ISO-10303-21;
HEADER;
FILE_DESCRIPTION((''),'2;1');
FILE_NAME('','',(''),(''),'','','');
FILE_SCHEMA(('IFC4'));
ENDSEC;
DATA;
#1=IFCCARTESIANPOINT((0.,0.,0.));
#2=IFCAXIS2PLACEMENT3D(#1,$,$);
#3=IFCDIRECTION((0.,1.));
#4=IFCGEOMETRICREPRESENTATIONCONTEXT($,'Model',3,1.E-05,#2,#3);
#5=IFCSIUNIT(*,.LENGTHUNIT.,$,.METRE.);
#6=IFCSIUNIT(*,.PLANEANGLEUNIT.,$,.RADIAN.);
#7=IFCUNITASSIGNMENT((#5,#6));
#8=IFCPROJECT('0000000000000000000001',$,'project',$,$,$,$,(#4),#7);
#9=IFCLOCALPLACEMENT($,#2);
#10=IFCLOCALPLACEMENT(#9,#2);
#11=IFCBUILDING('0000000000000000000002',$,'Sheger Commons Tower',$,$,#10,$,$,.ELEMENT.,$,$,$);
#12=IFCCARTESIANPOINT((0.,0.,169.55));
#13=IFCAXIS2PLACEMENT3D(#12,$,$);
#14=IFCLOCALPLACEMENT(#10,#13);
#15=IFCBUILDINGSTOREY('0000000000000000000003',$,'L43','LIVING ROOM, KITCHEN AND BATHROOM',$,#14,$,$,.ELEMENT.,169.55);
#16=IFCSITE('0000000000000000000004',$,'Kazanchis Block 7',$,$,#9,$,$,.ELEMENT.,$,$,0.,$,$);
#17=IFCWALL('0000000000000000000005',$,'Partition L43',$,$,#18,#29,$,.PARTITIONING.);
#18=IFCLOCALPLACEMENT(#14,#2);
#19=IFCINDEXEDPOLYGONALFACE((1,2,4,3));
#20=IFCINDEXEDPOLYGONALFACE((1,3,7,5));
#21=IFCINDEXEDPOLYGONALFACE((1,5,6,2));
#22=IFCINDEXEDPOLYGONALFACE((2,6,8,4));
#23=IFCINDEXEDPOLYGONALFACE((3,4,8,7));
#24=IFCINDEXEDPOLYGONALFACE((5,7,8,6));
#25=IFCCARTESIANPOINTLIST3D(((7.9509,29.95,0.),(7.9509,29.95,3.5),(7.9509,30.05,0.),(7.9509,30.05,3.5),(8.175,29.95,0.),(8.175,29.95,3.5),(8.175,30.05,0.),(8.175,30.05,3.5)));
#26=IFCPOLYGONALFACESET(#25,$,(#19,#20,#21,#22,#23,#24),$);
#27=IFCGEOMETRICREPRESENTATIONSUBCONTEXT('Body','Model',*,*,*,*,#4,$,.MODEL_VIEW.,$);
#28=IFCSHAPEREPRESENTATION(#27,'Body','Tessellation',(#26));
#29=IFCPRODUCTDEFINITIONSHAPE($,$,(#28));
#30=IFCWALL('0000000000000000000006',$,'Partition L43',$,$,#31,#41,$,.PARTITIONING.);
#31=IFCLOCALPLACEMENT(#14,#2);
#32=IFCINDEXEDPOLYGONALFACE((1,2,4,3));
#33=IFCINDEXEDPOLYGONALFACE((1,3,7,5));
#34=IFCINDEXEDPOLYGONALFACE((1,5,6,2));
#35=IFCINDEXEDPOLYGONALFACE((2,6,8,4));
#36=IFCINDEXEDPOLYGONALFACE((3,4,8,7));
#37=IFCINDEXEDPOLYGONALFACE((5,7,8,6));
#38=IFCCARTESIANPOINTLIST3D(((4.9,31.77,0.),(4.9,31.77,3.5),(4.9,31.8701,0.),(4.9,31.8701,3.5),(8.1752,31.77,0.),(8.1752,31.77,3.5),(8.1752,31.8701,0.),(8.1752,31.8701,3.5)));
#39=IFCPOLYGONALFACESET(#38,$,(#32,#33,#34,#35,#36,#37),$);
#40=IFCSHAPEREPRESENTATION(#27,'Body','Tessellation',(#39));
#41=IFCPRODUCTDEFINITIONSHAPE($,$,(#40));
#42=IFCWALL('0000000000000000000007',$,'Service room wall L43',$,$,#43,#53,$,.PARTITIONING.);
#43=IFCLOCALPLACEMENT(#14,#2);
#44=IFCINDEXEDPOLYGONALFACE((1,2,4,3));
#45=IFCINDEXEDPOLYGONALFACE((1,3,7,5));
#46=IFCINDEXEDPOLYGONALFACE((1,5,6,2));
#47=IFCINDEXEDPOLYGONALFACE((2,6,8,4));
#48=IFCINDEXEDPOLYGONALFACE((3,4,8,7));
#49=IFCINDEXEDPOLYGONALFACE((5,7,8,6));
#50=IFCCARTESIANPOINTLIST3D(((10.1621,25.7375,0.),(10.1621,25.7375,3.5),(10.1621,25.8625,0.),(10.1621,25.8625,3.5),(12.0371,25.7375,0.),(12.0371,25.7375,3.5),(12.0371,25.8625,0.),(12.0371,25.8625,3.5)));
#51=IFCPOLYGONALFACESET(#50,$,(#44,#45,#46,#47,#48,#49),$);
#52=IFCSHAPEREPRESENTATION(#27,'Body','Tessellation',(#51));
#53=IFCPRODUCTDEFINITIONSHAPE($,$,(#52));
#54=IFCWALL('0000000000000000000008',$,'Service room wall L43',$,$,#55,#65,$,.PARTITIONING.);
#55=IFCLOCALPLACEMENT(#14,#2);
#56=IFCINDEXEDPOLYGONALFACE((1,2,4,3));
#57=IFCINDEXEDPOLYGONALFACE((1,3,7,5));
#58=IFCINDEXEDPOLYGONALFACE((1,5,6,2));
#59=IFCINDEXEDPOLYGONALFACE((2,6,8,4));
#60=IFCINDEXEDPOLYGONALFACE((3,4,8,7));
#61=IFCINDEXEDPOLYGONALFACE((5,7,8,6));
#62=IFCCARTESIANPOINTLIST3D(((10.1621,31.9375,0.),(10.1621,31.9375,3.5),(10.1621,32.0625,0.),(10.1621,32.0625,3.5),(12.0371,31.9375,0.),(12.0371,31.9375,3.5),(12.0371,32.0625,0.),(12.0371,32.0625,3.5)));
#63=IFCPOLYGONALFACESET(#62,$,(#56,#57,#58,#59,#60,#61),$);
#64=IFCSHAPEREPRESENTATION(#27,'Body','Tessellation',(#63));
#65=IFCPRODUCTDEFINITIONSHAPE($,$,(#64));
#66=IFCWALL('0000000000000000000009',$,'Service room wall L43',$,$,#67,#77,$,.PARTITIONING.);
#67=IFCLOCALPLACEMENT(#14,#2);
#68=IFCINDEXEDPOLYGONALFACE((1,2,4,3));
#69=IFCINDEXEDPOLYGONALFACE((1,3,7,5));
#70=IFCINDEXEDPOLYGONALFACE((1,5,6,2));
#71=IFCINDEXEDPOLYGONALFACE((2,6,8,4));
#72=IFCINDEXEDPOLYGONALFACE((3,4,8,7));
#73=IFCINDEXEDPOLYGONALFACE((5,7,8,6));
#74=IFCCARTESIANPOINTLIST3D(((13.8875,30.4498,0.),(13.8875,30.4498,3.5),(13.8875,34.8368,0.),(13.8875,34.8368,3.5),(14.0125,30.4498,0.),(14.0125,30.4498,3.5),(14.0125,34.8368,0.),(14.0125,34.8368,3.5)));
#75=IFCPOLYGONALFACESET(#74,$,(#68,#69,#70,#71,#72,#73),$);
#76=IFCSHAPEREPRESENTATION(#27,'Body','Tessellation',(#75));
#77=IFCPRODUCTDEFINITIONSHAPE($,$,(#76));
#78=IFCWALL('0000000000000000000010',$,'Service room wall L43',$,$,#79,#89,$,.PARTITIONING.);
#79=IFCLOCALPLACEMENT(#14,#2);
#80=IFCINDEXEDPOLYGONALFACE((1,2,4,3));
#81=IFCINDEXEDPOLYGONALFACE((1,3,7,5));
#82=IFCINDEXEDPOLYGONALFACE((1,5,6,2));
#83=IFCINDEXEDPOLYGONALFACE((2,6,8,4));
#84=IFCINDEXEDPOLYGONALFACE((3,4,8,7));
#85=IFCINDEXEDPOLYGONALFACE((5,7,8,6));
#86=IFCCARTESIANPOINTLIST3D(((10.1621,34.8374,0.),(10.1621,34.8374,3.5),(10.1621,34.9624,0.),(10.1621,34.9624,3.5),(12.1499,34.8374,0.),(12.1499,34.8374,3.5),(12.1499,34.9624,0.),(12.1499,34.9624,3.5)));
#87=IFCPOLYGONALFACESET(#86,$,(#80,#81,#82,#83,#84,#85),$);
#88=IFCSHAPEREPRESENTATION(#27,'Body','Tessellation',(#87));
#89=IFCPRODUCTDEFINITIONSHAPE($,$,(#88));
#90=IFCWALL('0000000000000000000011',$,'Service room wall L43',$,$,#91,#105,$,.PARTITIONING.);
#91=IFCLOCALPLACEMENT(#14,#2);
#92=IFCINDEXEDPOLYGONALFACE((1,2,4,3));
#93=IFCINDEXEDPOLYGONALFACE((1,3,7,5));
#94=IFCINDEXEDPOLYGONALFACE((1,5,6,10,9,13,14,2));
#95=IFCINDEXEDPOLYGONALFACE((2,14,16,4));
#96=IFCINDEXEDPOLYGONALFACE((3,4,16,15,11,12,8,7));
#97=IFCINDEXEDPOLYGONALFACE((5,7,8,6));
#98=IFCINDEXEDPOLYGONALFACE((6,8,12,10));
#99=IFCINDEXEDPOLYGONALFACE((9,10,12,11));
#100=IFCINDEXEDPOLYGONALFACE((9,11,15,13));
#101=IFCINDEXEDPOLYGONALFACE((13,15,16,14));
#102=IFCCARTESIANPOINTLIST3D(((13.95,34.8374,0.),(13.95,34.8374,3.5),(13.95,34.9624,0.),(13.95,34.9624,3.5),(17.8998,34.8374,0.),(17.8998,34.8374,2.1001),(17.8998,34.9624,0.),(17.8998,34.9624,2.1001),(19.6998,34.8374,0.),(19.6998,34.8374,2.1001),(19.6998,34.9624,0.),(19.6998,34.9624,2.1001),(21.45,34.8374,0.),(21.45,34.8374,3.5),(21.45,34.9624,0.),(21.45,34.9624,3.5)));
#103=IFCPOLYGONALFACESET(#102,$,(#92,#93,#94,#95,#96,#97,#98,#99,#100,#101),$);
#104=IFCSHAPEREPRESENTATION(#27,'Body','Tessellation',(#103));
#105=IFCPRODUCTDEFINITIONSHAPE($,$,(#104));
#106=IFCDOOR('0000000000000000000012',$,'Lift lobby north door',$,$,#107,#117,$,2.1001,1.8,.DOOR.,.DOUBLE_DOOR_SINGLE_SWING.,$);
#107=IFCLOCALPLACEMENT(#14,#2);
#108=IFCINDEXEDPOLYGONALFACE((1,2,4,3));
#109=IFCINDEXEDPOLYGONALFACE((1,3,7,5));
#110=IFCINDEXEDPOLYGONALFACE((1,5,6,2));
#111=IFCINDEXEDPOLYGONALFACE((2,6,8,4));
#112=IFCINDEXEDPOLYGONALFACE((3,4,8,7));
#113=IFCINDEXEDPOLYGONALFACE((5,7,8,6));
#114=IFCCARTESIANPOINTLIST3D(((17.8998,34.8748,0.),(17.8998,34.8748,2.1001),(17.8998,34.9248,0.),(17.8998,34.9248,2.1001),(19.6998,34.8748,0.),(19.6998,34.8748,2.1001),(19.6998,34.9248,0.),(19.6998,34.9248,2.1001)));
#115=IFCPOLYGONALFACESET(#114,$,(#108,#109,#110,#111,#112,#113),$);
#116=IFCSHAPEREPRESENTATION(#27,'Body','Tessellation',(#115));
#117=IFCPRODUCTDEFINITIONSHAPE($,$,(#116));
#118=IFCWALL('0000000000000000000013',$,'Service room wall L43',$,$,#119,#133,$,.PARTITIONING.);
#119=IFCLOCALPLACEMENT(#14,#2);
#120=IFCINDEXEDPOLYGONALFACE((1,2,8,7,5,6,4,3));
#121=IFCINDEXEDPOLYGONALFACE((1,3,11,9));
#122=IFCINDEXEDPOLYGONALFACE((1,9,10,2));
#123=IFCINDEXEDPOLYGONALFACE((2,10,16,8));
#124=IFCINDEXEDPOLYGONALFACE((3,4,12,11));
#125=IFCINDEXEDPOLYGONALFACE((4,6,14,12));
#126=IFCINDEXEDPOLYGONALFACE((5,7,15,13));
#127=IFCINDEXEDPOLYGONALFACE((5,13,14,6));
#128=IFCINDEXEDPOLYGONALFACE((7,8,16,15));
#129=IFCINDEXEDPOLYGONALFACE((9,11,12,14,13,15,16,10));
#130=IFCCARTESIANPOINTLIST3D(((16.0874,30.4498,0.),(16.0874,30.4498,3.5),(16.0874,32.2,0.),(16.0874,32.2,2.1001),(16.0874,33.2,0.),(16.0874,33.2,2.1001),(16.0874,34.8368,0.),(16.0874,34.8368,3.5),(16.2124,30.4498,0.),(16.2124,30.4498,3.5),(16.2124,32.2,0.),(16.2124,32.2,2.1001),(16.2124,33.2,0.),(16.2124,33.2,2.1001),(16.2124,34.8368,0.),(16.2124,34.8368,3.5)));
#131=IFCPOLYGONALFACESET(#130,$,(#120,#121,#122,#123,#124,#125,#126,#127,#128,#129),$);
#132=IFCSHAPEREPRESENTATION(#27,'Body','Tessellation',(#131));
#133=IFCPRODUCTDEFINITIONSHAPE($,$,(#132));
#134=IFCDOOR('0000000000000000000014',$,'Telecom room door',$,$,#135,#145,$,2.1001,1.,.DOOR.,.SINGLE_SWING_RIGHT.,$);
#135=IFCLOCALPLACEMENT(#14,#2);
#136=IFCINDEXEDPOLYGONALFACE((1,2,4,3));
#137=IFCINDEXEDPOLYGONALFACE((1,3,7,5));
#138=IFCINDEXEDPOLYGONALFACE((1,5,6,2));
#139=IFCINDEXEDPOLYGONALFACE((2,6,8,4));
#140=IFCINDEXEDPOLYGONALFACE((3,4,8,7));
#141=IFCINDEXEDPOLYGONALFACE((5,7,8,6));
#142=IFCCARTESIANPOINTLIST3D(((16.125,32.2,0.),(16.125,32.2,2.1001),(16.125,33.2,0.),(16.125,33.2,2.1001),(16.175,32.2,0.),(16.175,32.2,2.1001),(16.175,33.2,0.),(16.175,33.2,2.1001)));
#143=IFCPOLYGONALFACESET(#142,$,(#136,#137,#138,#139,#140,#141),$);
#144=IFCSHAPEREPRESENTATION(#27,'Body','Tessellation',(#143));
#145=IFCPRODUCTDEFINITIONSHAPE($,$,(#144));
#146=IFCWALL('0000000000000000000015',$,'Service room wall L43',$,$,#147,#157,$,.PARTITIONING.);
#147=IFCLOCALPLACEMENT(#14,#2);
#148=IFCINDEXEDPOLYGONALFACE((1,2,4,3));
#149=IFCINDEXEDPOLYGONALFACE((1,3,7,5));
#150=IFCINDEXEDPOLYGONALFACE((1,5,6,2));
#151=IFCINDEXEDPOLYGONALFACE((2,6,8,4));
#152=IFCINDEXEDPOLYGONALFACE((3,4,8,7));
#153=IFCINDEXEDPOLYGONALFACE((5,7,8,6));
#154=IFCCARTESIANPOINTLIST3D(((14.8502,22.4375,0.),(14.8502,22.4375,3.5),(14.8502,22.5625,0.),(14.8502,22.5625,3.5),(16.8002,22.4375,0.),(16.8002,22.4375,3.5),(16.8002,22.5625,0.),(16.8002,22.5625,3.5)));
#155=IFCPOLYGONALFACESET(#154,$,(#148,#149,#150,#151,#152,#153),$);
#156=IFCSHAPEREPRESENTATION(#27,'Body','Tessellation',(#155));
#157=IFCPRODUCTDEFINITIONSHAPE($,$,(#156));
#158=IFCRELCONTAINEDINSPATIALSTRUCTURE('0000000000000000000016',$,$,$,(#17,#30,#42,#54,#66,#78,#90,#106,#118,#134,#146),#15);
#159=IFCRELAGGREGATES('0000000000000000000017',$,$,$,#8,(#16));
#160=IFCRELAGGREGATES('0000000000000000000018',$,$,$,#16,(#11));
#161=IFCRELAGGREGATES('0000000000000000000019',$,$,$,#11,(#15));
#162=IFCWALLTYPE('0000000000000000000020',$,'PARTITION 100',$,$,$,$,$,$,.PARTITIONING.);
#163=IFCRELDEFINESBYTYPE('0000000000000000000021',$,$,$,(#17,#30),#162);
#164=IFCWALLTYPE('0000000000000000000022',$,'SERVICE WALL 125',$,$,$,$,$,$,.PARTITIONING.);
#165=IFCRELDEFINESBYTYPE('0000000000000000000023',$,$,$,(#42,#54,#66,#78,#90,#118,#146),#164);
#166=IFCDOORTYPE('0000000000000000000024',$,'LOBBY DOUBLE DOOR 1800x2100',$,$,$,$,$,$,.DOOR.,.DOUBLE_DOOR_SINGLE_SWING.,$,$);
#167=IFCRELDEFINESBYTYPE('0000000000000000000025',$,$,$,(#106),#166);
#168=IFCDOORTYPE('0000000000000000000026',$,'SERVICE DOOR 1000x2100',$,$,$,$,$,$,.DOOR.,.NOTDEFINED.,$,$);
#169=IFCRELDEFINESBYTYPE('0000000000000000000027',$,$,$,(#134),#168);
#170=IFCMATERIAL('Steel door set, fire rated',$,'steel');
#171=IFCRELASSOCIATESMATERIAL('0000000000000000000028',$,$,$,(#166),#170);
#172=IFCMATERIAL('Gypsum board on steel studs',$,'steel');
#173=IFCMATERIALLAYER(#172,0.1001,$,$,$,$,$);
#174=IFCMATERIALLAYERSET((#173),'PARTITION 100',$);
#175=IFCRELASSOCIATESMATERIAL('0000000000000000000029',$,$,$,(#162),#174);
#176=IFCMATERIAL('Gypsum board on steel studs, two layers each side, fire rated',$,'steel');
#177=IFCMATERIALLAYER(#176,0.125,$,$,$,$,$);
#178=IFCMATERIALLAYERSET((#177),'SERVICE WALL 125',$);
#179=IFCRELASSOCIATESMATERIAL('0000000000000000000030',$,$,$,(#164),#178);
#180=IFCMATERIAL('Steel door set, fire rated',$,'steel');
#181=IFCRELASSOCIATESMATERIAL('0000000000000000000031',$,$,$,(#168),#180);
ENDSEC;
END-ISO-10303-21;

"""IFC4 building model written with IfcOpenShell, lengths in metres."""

from ifc_helpers import new_model, si_unit, direction, frame, frame_2d, origin, place, context, subcontext, project, spatial, rectangle, extrude, material, layer, layer_set, type_object, element, fill, save


model = new_model("IFC4")

# Units and contexts
model_context = context("Model", 3, precision=1e-05, world=origin(), true_north=direction((0.0, 1.0)))
body_context = subcontext(model_context, "Body", "Model", "MODEL_VIEW")
ifc_project = project(units=[si_unit("LENGTHUNIT", "METRE"), si_unit("PLANEANGLEUNIT", "RADIAN")], contexts=[model_context])

# Site, building, storey
site_placement = place(None, origin())
site = spatial("IfcSite", under=ifc_project, at=site_placement, Name="Kazanchis Block 7", CompositionType="ELEMENT", RefElevation=0.0)
building_placement = place(site_placement, origin())
building = spatial("IfcBuilding", under=site, at=building_placement, Name="Sheger Commons Tower", CompositionType="ELEMENT")
storey_placement = place(building_placement, frame((0.0, 0.0, 169.55)))
storey = spatial("IfcBuildingStorey", under=building, at=storey_placement, Name="L43", Description="LIVING ROOM, KITCHEN AND BATHROOM", CompositionType="ELEMENT", Elevation=169.55)

# Shared definitions
ifc_material_1 = material(Name="Steel door set, fire rated", Category="steel")
door_type_1 = type_object("IfcDoorType", Name="LOBBY DOUBLE DOOR 1800x2100", OperationType="DOUBLE_DOOR_SINGLE_SWING", PredefinedType="DOOR", material=ifc_material_1)
ifc_material_2 = material(Name="Gypsum board on steel studs", Category="steel")
ifc_layer_1 = layer(ifc_material_2, 0.1001)
ifc_layer_set_1 = layer_set([ifc_layer_1], Name="PARTITION 100")
wall_type_1 = type_object("IfcWallType", Name="PARTITION 100", PredefinedType="PARTITIONING", material=ifc_layer_set_1)

# Walls
wall_1_placement = place(storey_placement, frame((7.9509, 30.0, 0.0), z_axis=(0.0, 0.0, 1.0), x_axis=(1.0, 0.0, 0.0)))
element("IfcWall", 1, at=wall_1_placement, inside=storey, type_object=wall_type_1, Name="Partition L43", PredefinedType="PARTITIONING", context=body_context, shape_type="SweptSolid", body=[
    extrude(rectangle(XDim=0.2241, YDim=0.1001, at=frame_2d((0.1121, 0.0))), origin(), (0.0, 0.0, 1.0), 3.5),
])
wall_2_placement = place(storey_placement, frame((4.8999, 31.8201, 0.0), z_axis=(0.0, 0.0, 1.0), x_axis=(1.0, 0.0, 0.0)))
element("IfcWall", 2, at=wall_2_placement, inside=storey, type_object=wall_type_1, Name="Partition L43", PredefinedType="PARTITIONING", context=body_context, shape_type="SweptSolid", body=[
    extrude(rectangle(XDim=3.2751, YDim=0.1001, at=frame_2d((1.6377, 0.0))), origin(), (0.0, 0.0, 1.0), 3.5),
])
ifc_material_3 = material(Name="Gypsum board on steel studs, two layers each side, fire rated", Category="steel")
ifc_layer_2 = layer(ifc_material_3, 0.125)
ifc_layer_set_2 = layer_set([ifc_layer_2], Name="SERVICE WALL 125")
wall_type_2 = type_object("IfcWallType", Name="SERVICE WALL 125", PredefinedType="PARTITIONING", material=ifc_layer_set_2)
for number, where, z_axis, x_axis, name in (
    (3, (10.1621, 25.8, 0.0), (0.0, 0.0, 1.0), (1.0, 0.0, 0.0), "Service room wall L43"),
    (4, (10.1621, 32.0, 0.0), (0.0, 0.0, 1.0), (1.0, 0.0, 0.0), "Service room wall L43"),
):
    element("IfcWall", number, at=place(storey_placement, frame(where, z_axis=z_axis, x_axis=x_axis)), inside=storey, type_object=wall_type_2, Name=name, PredefinedType="PARTITIONING", context=body_context, shape_type="SweptSolid", body=[
        extrude(rectangle(XDim=1.875, YDim=0.125, at=frame_2d((0.9375, 0.0))), origin(), (0.0, 0.0, 1.0), 3.5),
    ])
wall_3_placement = place(storey_placement, frame((13.95, 30.45, 0.0), z_axis=(0.0, 0.0, 1.0), x_axis=(0.0, 1.0, 0.0)))
element("IfcWall", 5, at=wall_3_placement, inside=storey, type_object=wall_type_2, Name="Service room wall L43", PredefinedType="PARTITIONING", context=body_context, shape_type="SweptSolid", body=[
    extrude(rectangle(XDim=4.387, YDim=0.125, at=frame_2d((2.1934, 0.0))), origin(), (0.0, 0.0, 1.0), 3.5),
])
wall_4_placement = place(storey_placement, frame((10.1621, 34.8999, 0.0), z_axis=(0.0, 0.0, 1.0), x_axis=(1.0, 0.0, 0.0)))
element("IfcWall", 6, at=wall_4_placement, inside=storey, type_object=wall_type_2, Name="Service room wall L43", PredefinedType="PARTITIONING", context=body_context, shape_type="SweptSolid", body=[
    extrude(rectangle(XDim=1.9878, YDim=0.125, at=frame_2d((0.9939, 0.0))), origin(), (0.0, 0.0, 1.0), 3.5),
])

# Walls, openings, doors
wall_5_placement = place(storey_placement, frame((13.95, 34.8999, 0.0), z_axis=(0.0, 0.0, 1.0), x_axis=(1.0, 0.0, 0.0)))
wall_5 = element("IfcWall", 7, at=wall_5_placement, inside=storey, type_object=wall_type_2, Name="Service room wall L43", PredefinedType="PARTITIONING", context=body_context, shape_type="SweptSolid", body=[
    extrude(rectangle(XDim=7.5, YDim=0.125, at=frame_2d((3.75, 0.0))), origin(), (0.0, 0.0, 1.0), 3.5),
])
opening_1_placement = place(wall_5_placement, frame((3.95, 0.0, 0.0)))
opening_1 = element("IfcOpeningElement", 8, at=opening_1_placement, cuts=wall_5, PredefinedType="OPENING", context=body_context, shape_type="SweptSolid", body=[
    extrude(rectangle(XDim=1.8, YDim=2.1001, at=frame_2d((0.8999, 1.05))), frame((0.0, 0.0725, 0.0), z_axis=(0.0, -1.0, 0.0), x_axis=(1.0, 0.0, 0.0)), (0.0, 0.0, 1.0), 0.145),
])
door_1_placement = place(opening_1_placement, origin())
door_1 = element("IfcDoor", 9, at=door_1_placement, inside=storey, type_object=door_type_1, Name="Lift lobby north door", OperationType="DOUBLE_DOOR_SINGLE_SWING", OverallHeight=2.1001, OverallWidth=1.8, PredefinedType="DOOR", context=body_context, shape_type="SweptSolid", body=[
    extrude(rectangle(XDim=1.8, YDim=2.1001, at=frame_2d((0.8999, 1.05))), frame((0.0, 0.0249, 0.0), z_axis=(0.0, -1.0, 0.0), x_axis=(1.0, 0.0, 0.0)), (0.0, 0.0, 1.0), 0.05),
])
fill(opening_1, door_1)
wall_6_placement = place(storey_placement, frame((16.1499, 30.45, 0.0), z_axis=(0.0, 0.0, 1.0), x_axis=(0.0, 1.0, 0.0)))
wall_6 = element("IfcWall", 10, at=wall_6_placement, inside=storey, type_object=wall_type_2, Name="Service room wall L43", PredefinedType="PARTITIONING", context=body_context, shape_type="SweptSolid", body=[
    extrude(rectangle(XDim=4.387, YDim=0.125, at=frame_2d((2.1934, 0.0))), origin(), (0.0, 0.0, 1.0), 3.5),
])
opening_2_placement = place(wall_6_placement, frame((1.75, 0.0, 0.0)))
opening_2 = element("IfcOpeningElement", 11, at=opening_2_placement, cuts=wall_6, PredefinedType="OPENING", context=body_context, shape_type="SweptSolid", body=[
    extrude(rectangle(XDim=1.0, YDim=2.1001, at=frame_2d((0.5, 1.05))), frame((0.0, 0.0725, 0.0), z_axis=(0.0, -1.0, 0.0), x_axis=(1.0, 0.0, 0.0)), (0.0, 0.0, 1.0), 0.145),
])
ifc_material_4 = material(Name="Steel door set, fire rated", Category="steel")
door_type_2 = type_object("IfcDoorType", Name="SERVICE DOOR 1000x2100", OperationType="NOTDEFINED", PredefinedType="DOOR", material=ifc_material_4)
door_2_placement = place(opening_2_placement, origin())
door_2 = element("IfcDoor", 12, at=door_2_placement, inside=storey, type_object=door_type_2, Name="Telecom room door", OperationType="SINGLE_SWING_RIGHT", OverallHeight=2.1001, OverallWidth=1.0, PredefinedType="DOOR", context=body_context, shape_type="SweptSolid", body=[
    extrude(rectangle(XDim=1.0, YDim=2.1001, at=frame_2d((0.5, 1.05))), frame((0.0, 0.0249, 0.0), z_axis=(0.0, -1.0, 0.0), x_axis=(1.0, 0.0, 0.0)), (0.0, 0.0, 1.0), 0.05),
])
fill(opening_2, door_2)

# Wall
wall_7_placement = place(storey_placement, frame((14.8501, 22.5, 0.0), z_axis=(0.0, 0.0, 1.0), x_axis=(1.0, 0.0, 0.0)))
element("IfcWall", 13, at=wall_7_placement, inside=storey, type_object=wall_type_2, Name="Service room wall L43", PredefinedType="PARTITIONING", context=body_context, shape_type="SweptSolid", body=[
    extrude(rectangle(XDim=1.95, YDim=0.125, at=frame_2d((0.9751, 0.0))), origin(), (0.0, 0.0, 1.0), 3.5),
])

save(model, "model.ifc")
